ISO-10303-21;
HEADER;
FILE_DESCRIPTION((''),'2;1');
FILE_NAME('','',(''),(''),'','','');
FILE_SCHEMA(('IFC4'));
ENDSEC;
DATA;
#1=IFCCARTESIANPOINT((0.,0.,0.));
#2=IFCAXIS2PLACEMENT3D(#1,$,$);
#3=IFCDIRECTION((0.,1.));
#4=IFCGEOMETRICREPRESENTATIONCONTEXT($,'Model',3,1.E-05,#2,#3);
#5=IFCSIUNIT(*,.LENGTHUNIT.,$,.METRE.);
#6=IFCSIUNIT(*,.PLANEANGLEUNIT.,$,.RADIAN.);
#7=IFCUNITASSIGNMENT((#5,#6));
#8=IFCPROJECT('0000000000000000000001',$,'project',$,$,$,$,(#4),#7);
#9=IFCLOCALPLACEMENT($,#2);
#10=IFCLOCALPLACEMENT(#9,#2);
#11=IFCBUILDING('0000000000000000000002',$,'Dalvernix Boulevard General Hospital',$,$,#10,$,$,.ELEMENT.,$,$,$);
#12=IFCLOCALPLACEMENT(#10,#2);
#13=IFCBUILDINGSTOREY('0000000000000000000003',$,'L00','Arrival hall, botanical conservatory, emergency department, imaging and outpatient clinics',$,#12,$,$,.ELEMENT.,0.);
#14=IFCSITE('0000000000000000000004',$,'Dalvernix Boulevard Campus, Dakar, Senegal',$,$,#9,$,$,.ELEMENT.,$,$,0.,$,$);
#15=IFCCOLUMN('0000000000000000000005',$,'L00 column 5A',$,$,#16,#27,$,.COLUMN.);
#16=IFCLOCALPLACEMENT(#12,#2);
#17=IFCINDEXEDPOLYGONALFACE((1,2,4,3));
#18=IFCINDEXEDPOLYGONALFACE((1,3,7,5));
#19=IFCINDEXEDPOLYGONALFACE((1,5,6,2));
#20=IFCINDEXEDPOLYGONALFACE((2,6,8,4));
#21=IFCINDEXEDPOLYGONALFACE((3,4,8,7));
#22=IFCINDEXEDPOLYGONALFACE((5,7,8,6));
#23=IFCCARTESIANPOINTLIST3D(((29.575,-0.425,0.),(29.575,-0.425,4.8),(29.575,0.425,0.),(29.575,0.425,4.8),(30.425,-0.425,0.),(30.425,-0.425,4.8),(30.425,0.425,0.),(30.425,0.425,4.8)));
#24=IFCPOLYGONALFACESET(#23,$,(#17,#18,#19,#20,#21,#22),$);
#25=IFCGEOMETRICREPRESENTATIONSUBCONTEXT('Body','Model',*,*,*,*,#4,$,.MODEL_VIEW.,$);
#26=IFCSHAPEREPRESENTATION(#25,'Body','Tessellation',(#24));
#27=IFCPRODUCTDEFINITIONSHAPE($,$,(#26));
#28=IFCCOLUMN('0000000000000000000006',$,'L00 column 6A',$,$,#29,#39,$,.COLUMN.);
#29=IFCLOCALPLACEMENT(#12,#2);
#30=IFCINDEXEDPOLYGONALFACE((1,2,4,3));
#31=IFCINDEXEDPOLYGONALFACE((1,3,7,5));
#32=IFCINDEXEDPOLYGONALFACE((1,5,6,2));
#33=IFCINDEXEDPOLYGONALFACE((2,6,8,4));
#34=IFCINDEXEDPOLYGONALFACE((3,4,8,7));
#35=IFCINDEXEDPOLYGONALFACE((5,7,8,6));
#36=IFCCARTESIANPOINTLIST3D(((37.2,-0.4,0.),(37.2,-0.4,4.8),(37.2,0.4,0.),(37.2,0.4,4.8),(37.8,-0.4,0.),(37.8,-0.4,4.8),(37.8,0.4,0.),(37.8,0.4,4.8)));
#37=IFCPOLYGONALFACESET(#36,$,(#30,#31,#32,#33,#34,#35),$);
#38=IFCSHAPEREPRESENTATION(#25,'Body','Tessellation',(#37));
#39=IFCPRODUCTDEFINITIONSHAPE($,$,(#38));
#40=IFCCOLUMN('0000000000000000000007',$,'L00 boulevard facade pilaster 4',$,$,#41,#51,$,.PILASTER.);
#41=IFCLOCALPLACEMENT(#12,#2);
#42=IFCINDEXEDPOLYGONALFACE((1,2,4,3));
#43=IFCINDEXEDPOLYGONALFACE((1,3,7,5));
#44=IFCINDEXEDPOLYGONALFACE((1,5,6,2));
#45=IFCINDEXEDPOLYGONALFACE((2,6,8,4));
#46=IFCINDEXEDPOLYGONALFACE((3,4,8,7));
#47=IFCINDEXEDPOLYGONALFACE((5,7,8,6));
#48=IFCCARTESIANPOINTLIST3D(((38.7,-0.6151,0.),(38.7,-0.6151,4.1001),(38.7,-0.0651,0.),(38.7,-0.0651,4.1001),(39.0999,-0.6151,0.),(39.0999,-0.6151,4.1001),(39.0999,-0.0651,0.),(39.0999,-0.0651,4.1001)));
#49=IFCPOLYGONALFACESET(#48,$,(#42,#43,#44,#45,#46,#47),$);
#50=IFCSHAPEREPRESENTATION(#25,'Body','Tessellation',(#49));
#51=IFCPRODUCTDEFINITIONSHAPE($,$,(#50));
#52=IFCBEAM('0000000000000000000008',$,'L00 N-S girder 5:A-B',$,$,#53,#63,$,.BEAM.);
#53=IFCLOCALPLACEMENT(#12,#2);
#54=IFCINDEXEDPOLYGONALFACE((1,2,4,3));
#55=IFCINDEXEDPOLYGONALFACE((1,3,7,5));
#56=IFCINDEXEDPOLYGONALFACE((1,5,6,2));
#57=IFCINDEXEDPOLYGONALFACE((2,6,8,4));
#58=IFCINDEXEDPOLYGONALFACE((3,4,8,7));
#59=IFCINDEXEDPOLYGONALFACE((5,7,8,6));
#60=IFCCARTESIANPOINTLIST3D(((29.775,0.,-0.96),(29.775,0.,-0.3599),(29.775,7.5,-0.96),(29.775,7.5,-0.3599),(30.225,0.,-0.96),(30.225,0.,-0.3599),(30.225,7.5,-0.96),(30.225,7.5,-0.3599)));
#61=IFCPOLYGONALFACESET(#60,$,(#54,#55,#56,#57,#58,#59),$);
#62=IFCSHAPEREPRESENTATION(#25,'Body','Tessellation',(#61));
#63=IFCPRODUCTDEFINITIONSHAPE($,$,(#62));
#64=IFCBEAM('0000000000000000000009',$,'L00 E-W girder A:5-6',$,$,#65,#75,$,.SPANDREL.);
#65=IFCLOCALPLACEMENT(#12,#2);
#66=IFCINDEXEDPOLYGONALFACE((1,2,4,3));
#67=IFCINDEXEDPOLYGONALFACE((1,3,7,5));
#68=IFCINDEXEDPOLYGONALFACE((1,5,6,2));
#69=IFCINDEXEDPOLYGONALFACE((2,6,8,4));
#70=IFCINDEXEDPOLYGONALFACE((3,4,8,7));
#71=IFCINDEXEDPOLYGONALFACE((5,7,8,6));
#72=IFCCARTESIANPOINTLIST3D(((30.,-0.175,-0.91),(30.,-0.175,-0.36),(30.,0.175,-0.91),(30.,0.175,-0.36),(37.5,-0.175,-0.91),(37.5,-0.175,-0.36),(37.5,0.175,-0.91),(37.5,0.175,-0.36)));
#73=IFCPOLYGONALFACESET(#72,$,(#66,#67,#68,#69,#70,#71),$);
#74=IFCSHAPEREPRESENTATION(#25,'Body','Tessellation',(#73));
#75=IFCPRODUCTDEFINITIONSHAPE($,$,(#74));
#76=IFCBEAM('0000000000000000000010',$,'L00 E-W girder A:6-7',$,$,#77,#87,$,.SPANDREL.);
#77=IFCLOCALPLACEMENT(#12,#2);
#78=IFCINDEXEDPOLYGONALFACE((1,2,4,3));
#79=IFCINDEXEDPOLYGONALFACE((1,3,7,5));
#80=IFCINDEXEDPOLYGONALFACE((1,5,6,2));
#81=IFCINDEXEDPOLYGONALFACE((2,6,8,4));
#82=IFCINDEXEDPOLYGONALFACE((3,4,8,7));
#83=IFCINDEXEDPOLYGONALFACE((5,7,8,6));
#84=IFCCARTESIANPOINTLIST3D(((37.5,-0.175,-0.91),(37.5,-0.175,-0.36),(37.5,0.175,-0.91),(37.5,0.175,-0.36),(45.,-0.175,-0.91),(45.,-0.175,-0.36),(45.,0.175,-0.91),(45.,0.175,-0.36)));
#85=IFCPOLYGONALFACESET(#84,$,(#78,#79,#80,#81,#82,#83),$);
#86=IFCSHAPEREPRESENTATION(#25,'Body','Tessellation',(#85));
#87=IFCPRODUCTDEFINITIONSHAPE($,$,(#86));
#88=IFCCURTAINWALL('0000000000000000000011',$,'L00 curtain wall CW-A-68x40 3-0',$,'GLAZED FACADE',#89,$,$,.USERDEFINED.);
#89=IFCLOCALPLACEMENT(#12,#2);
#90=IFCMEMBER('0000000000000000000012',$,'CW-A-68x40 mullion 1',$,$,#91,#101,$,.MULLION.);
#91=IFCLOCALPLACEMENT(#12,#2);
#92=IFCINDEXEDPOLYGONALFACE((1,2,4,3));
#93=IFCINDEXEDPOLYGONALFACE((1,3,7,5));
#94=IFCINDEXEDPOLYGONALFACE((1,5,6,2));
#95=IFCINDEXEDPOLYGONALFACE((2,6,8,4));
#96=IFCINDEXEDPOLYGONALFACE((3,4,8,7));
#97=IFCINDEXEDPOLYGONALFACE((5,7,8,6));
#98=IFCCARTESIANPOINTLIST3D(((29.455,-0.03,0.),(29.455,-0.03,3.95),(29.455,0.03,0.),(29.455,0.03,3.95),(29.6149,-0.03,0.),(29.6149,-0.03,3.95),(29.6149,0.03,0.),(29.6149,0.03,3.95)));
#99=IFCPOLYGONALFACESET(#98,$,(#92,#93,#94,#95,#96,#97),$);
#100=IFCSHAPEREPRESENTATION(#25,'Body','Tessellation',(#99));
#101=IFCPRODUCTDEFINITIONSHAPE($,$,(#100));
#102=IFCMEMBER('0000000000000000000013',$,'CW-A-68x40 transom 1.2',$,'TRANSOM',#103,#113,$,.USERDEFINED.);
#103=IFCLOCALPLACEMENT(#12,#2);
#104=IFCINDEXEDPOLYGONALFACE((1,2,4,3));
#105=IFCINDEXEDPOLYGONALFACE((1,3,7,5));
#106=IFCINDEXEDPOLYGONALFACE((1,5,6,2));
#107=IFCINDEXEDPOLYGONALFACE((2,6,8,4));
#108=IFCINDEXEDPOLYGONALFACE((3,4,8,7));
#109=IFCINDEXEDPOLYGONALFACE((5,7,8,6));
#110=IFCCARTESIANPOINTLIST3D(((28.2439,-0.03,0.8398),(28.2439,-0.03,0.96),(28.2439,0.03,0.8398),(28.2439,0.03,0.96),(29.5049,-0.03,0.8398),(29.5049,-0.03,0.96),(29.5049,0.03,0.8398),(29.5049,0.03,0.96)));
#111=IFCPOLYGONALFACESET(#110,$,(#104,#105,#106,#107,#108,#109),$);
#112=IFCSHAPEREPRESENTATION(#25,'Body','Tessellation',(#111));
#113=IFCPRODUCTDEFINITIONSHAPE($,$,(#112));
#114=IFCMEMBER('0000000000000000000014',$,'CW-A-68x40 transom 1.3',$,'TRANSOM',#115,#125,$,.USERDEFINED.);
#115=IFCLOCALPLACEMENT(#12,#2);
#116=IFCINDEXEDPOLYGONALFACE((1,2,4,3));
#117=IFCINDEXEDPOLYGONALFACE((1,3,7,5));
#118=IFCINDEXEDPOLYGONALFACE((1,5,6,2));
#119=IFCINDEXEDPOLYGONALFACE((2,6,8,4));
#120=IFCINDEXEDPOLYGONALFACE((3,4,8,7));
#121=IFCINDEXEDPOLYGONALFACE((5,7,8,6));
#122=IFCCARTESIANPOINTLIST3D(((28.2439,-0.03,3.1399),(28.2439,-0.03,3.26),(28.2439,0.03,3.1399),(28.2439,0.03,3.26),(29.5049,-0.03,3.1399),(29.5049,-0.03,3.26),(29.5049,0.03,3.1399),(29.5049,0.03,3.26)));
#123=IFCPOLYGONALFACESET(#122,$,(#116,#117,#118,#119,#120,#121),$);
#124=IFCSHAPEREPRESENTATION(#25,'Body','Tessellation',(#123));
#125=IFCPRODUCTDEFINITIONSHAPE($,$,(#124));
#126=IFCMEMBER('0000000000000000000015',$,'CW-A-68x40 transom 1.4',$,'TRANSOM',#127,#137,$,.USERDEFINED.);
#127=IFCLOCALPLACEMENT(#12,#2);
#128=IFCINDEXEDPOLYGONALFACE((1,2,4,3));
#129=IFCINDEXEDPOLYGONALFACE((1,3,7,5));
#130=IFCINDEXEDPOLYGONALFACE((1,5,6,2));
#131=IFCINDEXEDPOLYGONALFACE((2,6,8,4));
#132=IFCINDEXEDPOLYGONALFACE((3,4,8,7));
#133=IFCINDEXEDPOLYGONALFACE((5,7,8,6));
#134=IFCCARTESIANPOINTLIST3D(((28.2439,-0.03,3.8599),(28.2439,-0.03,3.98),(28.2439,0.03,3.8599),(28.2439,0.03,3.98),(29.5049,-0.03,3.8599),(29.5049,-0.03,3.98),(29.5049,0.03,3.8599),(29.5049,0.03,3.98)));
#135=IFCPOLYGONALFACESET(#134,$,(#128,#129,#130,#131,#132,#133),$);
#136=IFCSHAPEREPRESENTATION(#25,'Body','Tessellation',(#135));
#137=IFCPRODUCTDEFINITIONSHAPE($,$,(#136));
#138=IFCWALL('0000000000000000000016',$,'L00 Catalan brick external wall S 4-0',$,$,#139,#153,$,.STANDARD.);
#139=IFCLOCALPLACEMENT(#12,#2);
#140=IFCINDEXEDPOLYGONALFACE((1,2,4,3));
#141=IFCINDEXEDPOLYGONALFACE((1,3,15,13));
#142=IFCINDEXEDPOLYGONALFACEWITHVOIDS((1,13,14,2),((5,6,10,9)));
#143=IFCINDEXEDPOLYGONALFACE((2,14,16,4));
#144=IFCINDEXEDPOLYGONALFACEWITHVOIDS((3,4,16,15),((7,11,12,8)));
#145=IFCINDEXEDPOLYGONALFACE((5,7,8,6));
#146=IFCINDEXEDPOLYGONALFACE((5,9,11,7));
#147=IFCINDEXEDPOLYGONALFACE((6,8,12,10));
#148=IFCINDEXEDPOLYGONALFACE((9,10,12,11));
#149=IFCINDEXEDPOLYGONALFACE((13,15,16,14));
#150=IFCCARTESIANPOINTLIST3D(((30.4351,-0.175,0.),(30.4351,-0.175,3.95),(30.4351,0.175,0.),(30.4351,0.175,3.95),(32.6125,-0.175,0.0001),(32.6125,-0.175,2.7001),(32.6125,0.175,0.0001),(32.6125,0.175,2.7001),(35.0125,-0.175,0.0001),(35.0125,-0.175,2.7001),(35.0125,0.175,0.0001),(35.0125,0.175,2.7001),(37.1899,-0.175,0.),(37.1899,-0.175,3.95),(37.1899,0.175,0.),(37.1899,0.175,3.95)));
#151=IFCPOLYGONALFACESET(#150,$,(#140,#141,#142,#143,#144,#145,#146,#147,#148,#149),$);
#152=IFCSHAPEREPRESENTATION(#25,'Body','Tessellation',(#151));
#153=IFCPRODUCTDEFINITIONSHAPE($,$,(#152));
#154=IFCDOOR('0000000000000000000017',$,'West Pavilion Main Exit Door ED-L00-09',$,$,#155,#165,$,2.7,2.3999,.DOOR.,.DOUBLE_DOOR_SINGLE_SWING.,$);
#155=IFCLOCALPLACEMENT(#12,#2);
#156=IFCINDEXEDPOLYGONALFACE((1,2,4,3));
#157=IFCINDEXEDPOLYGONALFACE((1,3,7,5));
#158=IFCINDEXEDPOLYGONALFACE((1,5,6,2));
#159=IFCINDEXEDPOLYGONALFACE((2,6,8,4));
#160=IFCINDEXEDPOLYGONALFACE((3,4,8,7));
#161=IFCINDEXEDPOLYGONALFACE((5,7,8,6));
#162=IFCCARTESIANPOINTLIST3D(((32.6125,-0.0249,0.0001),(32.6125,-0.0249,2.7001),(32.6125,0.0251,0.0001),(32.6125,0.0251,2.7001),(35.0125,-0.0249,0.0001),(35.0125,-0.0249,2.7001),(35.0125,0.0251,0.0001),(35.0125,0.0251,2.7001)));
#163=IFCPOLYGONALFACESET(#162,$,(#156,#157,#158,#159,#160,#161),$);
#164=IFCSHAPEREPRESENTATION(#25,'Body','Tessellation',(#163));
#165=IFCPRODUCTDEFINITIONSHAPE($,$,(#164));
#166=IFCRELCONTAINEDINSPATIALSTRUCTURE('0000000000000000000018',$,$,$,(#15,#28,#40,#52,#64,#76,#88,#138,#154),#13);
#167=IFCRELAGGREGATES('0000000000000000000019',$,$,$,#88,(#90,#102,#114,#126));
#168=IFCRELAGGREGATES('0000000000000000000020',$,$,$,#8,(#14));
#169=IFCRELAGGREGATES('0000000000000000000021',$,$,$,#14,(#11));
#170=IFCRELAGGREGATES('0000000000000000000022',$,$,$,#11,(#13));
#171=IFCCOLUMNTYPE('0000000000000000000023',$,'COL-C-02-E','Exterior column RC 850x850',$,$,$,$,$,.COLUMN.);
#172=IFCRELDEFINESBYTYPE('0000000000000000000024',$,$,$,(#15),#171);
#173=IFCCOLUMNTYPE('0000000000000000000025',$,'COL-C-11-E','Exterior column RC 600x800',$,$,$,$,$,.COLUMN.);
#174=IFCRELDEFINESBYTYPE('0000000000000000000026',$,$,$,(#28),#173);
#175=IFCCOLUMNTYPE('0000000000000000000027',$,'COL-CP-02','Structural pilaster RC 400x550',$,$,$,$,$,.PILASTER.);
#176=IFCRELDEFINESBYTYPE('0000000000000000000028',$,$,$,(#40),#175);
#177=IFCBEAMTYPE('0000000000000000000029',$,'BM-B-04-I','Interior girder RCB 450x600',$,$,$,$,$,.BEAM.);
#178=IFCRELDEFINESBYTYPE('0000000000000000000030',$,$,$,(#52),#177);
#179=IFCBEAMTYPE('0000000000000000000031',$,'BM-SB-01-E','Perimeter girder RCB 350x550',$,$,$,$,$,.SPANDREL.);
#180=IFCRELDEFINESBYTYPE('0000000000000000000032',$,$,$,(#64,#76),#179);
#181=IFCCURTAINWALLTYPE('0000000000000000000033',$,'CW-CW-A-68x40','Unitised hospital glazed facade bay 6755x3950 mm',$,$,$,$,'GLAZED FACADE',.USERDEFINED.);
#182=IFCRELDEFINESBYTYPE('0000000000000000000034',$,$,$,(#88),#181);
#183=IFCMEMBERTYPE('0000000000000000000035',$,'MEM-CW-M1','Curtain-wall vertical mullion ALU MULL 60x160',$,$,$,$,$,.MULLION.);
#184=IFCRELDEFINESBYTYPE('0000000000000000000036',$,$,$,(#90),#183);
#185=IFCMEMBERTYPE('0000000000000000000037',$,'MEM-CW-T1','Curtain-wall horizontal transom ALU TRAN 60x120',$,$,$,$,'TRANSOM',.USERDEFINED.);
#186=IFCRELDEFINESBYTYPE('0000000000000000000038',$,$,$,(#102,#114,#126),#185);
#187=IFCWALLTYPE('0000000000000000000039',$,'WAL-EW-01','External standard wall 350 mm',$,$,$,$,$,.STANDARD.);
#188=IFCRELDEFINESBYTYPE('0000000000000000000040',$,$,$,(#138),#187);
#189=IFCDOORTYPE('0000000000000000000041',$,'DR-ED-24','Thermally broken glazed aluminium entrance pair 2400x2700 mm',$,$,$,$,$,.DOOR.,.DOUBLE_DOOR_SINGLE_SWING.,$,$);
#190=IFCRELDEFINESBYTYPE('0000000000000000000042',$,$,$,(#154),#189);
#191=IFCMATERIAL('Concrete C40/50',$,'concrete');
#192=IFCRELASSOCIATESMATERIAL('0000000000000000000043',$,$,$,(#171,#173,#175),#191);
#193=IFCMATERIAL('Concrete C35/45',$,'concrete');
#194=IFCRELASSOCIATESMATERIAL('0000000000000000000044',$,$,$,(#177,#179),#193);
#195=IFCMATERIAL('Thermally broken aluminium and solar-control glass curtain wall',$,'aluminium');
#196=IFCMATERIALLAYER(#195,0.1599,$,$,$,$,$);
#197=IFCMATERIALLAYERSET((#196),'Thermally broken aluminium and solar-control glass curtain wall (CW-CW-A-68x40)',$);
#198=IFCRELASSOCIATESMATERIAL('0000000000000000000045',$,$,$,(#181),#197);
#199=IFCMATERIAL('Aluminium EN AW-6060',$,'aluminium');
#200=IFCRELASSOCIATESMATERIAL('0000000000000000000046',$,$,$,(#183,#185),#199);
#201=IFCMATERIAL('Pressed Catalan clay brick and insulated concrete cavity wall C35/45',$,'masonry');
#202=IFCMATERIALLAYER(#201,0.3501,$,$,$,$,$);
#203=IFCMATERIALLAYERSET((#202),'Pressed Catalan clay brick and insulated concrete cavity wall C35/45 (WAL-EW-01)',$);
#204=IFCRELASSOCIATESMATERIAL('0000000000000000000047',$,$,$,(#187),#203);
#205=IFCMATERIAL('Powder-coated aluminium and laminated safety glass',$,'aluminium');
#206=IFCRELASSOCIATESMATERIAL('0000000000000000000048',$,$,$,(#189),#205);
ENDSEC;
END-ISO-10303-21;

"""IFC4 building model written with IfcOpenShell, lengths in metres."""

from ifc_helpers import new_model, si_unit, direction, frame, frame_2d, origin, origin_2d, place, context, subcontext, project, spatial, rectangle, extrude, material, layer, layer_set, material_profile, profile_set, type_object, element, fill, aggregate, save


model = new_model("IFC4")

# Units and contexts
model_context = context("Model", 3, precision=1e-05, world=origin(), true_north=direction((0.0, 1.0)))
body_context = subcontext(model_context, "Body", "Model", "MODEL_VIEW")
ifc_project = project(units=[si_unit("LENGTHUNIT", "METRE"), si_unit("PLANEANGLEUNIT", "RADIAN")], contexts=[model_context])

# Site, building, storey
site_placement = place(None, origin())
site = spatial("IfcSite", under=ifc_project, at=site_placement, Name="Dalvernix Boulevard Campus, Dakar, Senegal", CompositionType="ELEMENT", RefElevation=0.0)
building_placement = place(site_placement, origin())
building = spatial("IfcBuilding", under=site, at=building_placement, Name="Dalvernix Boulevard General Hospital", CompositionType="ELEMENT")
storey_placement = place(building_placement, origin())
storey = spatial("IfcBuildingStorey", under=building, at=storey_placement, Name="L00", Description="Arrival hall, botanical conservatory, emergency department, imaging and outpatient clinics", CompositionType="ELEMENT", Elevation=0.0)

# Columns
ifc_material_1 = material(Name="Concrete C40/50", Category="concrete")
ifc_material_profile_1 = material_profile(ifc_material_1, rectangle(XDim=0.8501, YDim=0.8501, at=origin_2d()), Name="RC 850x850")
ifc_profile_set_1 = profile_set([ifc_material_profile_1], Name="Concrete C40/50")
column_type_1 = type_object("IfcColumnType", Name="COL-C-02-E", Description="Exterior column RC 850x850", PredefinedType="COLUMN", material=ifc_profile_set_1)
column_1_placement = place(storey_placement, frame((30.0, 0.0, 0.0), z_axis=(0.0, 0.0, 1.0), x_axis=(1.0, 0.0, 0.0)))
element("IfcColumn", 1, at=column_1_placement, inside=storey, type_object=column_type_1, Name="L00 column 5A", PredefinedType="COLUMN", context=body_context, shape_type="SweptSolid", body=[
    extrude(rectangle(XDim=0.8501, YDim=0.8501, at=origin_2d()), origin(), (0.0, 0.0, 1.0), 4.8),
])
ifc_material_profile_2 = material_profile(ifc_material_1, rectangle(XDim=0.6001, YDim=0.8, at=origin_2d()), Name="RC 600x800")
ifc_profile_set_2 = profile_set([ifc_material_profile_2], Name="Concrete C40/50")
column_type_2 = type_object("IfcColumnType", Name="COL-C-11-E", Description="Exterior column RC 600x800", PredefinedType="COLUMN", material=ifc_profile_set_2)
column_2_placement = place(storey_placement, frame((37.5, 0.0, 0.0), z_axis=(0.0, 0.0, 1.0), x_axis=(1.0, 0.0, 0.0)))
element("IfcColumn", 2, at=column_2_placement, inside=storey, type_object=column_type_2, Name="L00 column 6A", PredefinedType="COLUMN", context=body_context, shape_type="SweptSolid", body=[
    extrude(rectangle(XDim=0.6001, YDim=0.8, at=origin_2d()), origin(), (0.0, 0.0, 1.0), 4.8),
])
ifc_material_profile_3 = material_profile(ifc_material_1, rectangle(XDim=0.3999, YDim=0.55, at=origin_2d()), Name="RC 400x550")
ifc_profile_set_3 = profile_set([ifc_material_profile_3], Name="Concrete C40/50")
column_type_3 = type_object("IfcColumnType", Name="COL-CP-02", Description="Structural pilaster RC 400x550", PredefinedType="PILASTER", material=ifc_profile_set_3)
column_3_placement = place(storey_placement, frame((38.8999, -0.3401, 0.0), z_axis=(0.0, 0.0, 1.0), x_axis=(1.0, 0.0, 0.0)))
element("IfcColumn", 3, at=column_3_placement, inside=storey, type_object=column_type_3, Name="L00 boulevard facade pilaster 4", PredefinedType="PILASTER", context=body_context, shape_type="SweptSolid", body=[
    extrude(rectangle(XDim=0.3999, YDim=0.55, at=origin_2d()), origin(), (0.0, 0.0, 1.0), 4.1001),
])

# Beams
ifc_material_2 = material(Name="Concrete C35/45", Category="concrete")
ifc_material_profile_4 = material_profile(ifc_material_2, rectangle(XDim=0.45, YDim=0.6001, at=origin_2d()), Name="RCB 450x600")
ifc_profile_set_4 = profile_set([ifc_material_profile_4], Name="Concrete C35/45")
beam_type_1 = type_object("IfcBeamType", Name="BM-B-04-I", Description="Interior girder RCB 450x600", PredefinedType="BEAM", material=ifc_profile_set_4)
beam_placement = place(storey_placement, frame((30.0, 0.0, -0.6599), z_axis=(0.0, 1.0, 0.0), x_axis=(-1.0, 0.0, 0.0)))
element("IfcBeam", 4, at=beam_placement, inside=storey, type_object=beam_type_1, Name="L00 N-S girder 5:A-B", PredefinedType="BEAM", context=body_context, shape_type="SweptSolid", body=[
    extrude(rectangle(XDim=0.45, YDim=0.6001, at=origin_2d()), origin(), (0.0, 0.0, 1.0), 7.5),
])
ifc_material_profile_5 = material_profile(ifc_material_2, rectangle(XDim=0.3501, YDim=0.55, at=origin_2d()), Name="RCB 350x550")
ifc_profile_set_5 = profile_set([ifc_material_profile_5], Name="Concrete C35/45")
beam_type_2 = type_object("IfcBeamType", Name="BM-SB-01-E", Description="Perimeter girder RCB 350x550", PredefinedType="SPANDREL", material=ifc_profile_set_5)
for number, where, z_axis, x_axis, name in (
    (5, (30.0, 0.0, -0.635), (1.0, 0.0, 0.0), (0.0, 1.0, 0.0), "L00 E-W girder A:5-6"),
    (6, (37.5, 0.0, -0.635), (1.0, 0.0, 0.0), (0.0, 1.0, 0.0), "L00 E-W girder A:6-7"),
):
    element("IfcBeam", number, at=place(storey_placement, frame(where, z_axis=z_axis, x_axis=x_axis)), inside=storey, type_object=beam_type_2, Name=name, PredefinedType="SPANDREL", context=body_context, shape_type="SweptSolid", body=[
        extrude(rectangle(XDim=0.3501, YDim=0.55, at=origin_2d()), origin(), (0.0, 0.0, 1.0), 7.5),
    ])

# Curtain wall, members
ifc_material_3 = material(Name="Thermally broken aluminium and solar-control glass curtain wall", Category="aluminium")
ifc_layer_1 = layer(ifc_material_3, 0.1599)
ifc_layer_set_1 = layer_set([ifc_layer_1], Name="Thermally broken aluminium and solar-control glass curtain wall (CW-CW-A-68x40)")
curtain_wall_type = type_object("IfcCurtainWallType", Name="CW-CW-A-68x40", Description="Unitised hospital glazed facade bay 6755x3950 mm", ElementType="GLAZED FACADE", PredefinedType="USERDEFINED", material=ifc_layer_set_1)
curtain_wall_placement = place(storey_placement, origin())
curtain_wall = element("IfcCurtainWall", 7, at=curtain_wall_placement, inside=storey, type_object=curtain_wall_type, Name="L00 curtain wall CW-A-68x40 3-0", ObjectType="GLAZED FACADE", PredefinedType="USERDEFINED")
ifc_material_4 = material(Name="Aluminium EN AW-6060", Category="aluminium")
ifc_material_profile_6 = material_profile(ifc_material_4, rectangle(XDim=0.0601, YDim=0.1599, at=origin_2d()), Name="ALU MULL 60x160")
ifc_profile_set_6 = profile_set([ifc_material_profile_6], Name="Aluminium EN AW-6060")
member_type_1 = type_object("IfcMemberType", Name="MEM-CW-M1", Description="Curtain-wall vertical mullion ALU MULL 60x160", PredefinedType="MULLION", material=ifc_profile_set_6)
member_1_placement = place(storey_placement, frame((29.5349, 0.0, 0.0), z_axis=(0.0, 0.0, 1.0), x_axis=(0.0, -1.0, 0.0)))
member_1 = element("IfcMember", 8, at=member_1_placement, type_object=member_type_1, Name="CW-A-68x40 mullion 1", PredefinedType="MULLION", context=body_context, shape_type="SweptSolid", body=[
    extrude(rectangle(XDim=0.0601, YDim=0.1599, at=origin_2d()), origin(), (0.0, 0.0, 1.0), 3.95),
])
ifc_material_profile_7 = material_profile(ifc_material_4, rectangle(XDim=0.0601, YDim=0.1201, at=origin_2d()), Name="ALU TRAN 60x120")
ifc_profile_set_7 = profile_set([ifc_material_profile_7], Name="Aluminium EN AW-6060")
member_type_2 = type_object("IfcMemberType", Name="MEM-CW-T1", Description="Curtain-wall horizontal transom ALU TRAN 60x120", ElementType="TRANSOM", PredefinedType="USERDEFINED", material=ifc_profile_set_7)
member_2_placement = place(storey_placement, frame((29.5049, 0.0, 0.8999), z_axis=(-1.0, 0.0, 0.0), x_axis=(0.0, -1.0, 0.0)))
member_2 = element("IfcMember", 9, at=member_2_placement, type_object=member_type_2, Name="CW-A-68x40 transom 1.2", ObjectType="TRANSOM", PredefinedType="USERDEFINED", context=body_context, shape_type="SweptSolid", body=[
    extrude(rectangle(XDim=0.0601, YDim=0.1201, at=origin_2d()), origin(), (0.0, 0.0, 1.0), 1.261),
])
member_3_placement = place(storey_placement, frame((29.5049, 0.0, 3.2), z_axis=(-1.0, 0.0, 0.0), x_axis=(0.0, -1.0, 0.0)))
member_3 = element("IfcMember", 10, at=member_3_placement, type_object=member_type_2, Name="CW-A-68x40 transom 1.3", ObjectType="TRANSOM", PredefinedType="USERDEFINED", context=body_context, shape_type="SweptSolid", body=[
    extrude(rectangle(XDim=0.0601, YDim=0.1201, at=origin_2d()), origin(), (0.0, 0.0, 1.0), 1.261),
])
member_4_placement = place(storey_placement, frame((29.5049, 0.0, 3.9199), z_axis=(-1.0, 0.0, 0.0), x_axis=(0.0, -1.0, 0.0)))
member_4 = element("IfcMember", 11, at=member_4_placement, type_object=member_type_2, Name="CW-A-68x40 transom 1.4", ObjectType="TRANSOM", PredefinedType="USERDEFINED", context=body_context, shape_type="SweptSolid", body=[
    extrude(rectangle(XDim=0.0601, YDim=0.1201, at=origin_2d()), origin(), (0.0, 0.0, 1.0), 1.261),
])
aggregate(curtain_wall, [member_1, member_2, member_3, member_4])

# Wall, opening, door
ifc_material_5 = material(Name="Pressed Catalan clay brick and insulated concrete cavity wall C35/45", Category="masonry")
ifc_layer_2 = layer(ifc_material_5, 0.3501)
ifc_layer_set_2 = layer_set([ifc_layer_2], Name="Pressed Catalan clay brick and insulated concrete cavity wall C35/45 (WAL-EW-01)")
wall_type = type_object("IfcWallType", Name="WAL-EW-01", Description="External standard wall 350 mm", PredefinedType="STANDARD", material=ifc_layer_set_2)
wall_placement = place(storey_placement, frame((37.1899, 0.0, 0.0), z_axis=(0.0, 0.0, 1.0), x_axis=(-1.0, 0.0, 0.0)))
wall = element("IfcWall", 12, at=wall_placement, inside=storey, type_object=wall_type, Name="L00 Catalan brick external wall S 4-0", PredefinedType="STANDARD", context=body_context, shape_type="SweptSolid", body=[
    extrude(rectangle(XDim=6.7549, YDim=0.3501, at=frame_2d((3.3774, 0.0))), origin(), (0.0, 0.0, 1.0), 3.95),
])
opening_placement = place(wall_placement, frame((2.1775, 0.0, 0.0)))
opening = element("IfcOpeningElement", 13, at=opening_placement, cuts=wall, PredefinedType="OPENING", context=body_context, shape_type="SweptSolid", body=[
    extrude(rectangle(XDim=2.3999, YDim=2.7, at=frame_2d((1.2, 1.3501))), frame((0.0, 0.1851, 0.0), z_axis=(0.0, -1.0, 0.0), x_axis=(1.0, 0.0, 0.0)), (0.0, 0.0, 1.0), 0.3701),
])
ifc_material_6 = material(Name="Powder-coated aluminium and laminated safety glass", Category="aluminium")
door_type = type_object("IfcDoorType", Name="DR-ED-24", Description="Thermally broken glazed aluminium entrance pair 2400x2700 mm", OperationType="DOUBLE_DOOR_SINGLE_SWING", PredefinedType="DOOR", material=ifc_material_6)
door_placement = place(opening_placement, origin())
door = element("IfcDoor", 14, at=door_placement, inside=storey, type_object=door_type, Name="West Pavilion Main Exit Door ED-L00-09", OperationType="DOUBLE_DOOR_SINGLE_SWING", OverallHeight=2.7, OverallWidth=2.3999, PredefinedType="DOOR", context=body_context, shape_type="SweptSolid", body=[
    extrude(rectangle(XDim=2.3999, YDim=2.7, at=frame_2d((1.2, 1.3501))), frame((0.0, 0.0249, 0.0), z_axis=(0.0, -1.0, 0.0), x_axis=(1.0, 0.0, 0.0)), (0.0, 0.0, 1.0), 0.05),
])
fill(opening, door)

save(model, "model.ifc")
